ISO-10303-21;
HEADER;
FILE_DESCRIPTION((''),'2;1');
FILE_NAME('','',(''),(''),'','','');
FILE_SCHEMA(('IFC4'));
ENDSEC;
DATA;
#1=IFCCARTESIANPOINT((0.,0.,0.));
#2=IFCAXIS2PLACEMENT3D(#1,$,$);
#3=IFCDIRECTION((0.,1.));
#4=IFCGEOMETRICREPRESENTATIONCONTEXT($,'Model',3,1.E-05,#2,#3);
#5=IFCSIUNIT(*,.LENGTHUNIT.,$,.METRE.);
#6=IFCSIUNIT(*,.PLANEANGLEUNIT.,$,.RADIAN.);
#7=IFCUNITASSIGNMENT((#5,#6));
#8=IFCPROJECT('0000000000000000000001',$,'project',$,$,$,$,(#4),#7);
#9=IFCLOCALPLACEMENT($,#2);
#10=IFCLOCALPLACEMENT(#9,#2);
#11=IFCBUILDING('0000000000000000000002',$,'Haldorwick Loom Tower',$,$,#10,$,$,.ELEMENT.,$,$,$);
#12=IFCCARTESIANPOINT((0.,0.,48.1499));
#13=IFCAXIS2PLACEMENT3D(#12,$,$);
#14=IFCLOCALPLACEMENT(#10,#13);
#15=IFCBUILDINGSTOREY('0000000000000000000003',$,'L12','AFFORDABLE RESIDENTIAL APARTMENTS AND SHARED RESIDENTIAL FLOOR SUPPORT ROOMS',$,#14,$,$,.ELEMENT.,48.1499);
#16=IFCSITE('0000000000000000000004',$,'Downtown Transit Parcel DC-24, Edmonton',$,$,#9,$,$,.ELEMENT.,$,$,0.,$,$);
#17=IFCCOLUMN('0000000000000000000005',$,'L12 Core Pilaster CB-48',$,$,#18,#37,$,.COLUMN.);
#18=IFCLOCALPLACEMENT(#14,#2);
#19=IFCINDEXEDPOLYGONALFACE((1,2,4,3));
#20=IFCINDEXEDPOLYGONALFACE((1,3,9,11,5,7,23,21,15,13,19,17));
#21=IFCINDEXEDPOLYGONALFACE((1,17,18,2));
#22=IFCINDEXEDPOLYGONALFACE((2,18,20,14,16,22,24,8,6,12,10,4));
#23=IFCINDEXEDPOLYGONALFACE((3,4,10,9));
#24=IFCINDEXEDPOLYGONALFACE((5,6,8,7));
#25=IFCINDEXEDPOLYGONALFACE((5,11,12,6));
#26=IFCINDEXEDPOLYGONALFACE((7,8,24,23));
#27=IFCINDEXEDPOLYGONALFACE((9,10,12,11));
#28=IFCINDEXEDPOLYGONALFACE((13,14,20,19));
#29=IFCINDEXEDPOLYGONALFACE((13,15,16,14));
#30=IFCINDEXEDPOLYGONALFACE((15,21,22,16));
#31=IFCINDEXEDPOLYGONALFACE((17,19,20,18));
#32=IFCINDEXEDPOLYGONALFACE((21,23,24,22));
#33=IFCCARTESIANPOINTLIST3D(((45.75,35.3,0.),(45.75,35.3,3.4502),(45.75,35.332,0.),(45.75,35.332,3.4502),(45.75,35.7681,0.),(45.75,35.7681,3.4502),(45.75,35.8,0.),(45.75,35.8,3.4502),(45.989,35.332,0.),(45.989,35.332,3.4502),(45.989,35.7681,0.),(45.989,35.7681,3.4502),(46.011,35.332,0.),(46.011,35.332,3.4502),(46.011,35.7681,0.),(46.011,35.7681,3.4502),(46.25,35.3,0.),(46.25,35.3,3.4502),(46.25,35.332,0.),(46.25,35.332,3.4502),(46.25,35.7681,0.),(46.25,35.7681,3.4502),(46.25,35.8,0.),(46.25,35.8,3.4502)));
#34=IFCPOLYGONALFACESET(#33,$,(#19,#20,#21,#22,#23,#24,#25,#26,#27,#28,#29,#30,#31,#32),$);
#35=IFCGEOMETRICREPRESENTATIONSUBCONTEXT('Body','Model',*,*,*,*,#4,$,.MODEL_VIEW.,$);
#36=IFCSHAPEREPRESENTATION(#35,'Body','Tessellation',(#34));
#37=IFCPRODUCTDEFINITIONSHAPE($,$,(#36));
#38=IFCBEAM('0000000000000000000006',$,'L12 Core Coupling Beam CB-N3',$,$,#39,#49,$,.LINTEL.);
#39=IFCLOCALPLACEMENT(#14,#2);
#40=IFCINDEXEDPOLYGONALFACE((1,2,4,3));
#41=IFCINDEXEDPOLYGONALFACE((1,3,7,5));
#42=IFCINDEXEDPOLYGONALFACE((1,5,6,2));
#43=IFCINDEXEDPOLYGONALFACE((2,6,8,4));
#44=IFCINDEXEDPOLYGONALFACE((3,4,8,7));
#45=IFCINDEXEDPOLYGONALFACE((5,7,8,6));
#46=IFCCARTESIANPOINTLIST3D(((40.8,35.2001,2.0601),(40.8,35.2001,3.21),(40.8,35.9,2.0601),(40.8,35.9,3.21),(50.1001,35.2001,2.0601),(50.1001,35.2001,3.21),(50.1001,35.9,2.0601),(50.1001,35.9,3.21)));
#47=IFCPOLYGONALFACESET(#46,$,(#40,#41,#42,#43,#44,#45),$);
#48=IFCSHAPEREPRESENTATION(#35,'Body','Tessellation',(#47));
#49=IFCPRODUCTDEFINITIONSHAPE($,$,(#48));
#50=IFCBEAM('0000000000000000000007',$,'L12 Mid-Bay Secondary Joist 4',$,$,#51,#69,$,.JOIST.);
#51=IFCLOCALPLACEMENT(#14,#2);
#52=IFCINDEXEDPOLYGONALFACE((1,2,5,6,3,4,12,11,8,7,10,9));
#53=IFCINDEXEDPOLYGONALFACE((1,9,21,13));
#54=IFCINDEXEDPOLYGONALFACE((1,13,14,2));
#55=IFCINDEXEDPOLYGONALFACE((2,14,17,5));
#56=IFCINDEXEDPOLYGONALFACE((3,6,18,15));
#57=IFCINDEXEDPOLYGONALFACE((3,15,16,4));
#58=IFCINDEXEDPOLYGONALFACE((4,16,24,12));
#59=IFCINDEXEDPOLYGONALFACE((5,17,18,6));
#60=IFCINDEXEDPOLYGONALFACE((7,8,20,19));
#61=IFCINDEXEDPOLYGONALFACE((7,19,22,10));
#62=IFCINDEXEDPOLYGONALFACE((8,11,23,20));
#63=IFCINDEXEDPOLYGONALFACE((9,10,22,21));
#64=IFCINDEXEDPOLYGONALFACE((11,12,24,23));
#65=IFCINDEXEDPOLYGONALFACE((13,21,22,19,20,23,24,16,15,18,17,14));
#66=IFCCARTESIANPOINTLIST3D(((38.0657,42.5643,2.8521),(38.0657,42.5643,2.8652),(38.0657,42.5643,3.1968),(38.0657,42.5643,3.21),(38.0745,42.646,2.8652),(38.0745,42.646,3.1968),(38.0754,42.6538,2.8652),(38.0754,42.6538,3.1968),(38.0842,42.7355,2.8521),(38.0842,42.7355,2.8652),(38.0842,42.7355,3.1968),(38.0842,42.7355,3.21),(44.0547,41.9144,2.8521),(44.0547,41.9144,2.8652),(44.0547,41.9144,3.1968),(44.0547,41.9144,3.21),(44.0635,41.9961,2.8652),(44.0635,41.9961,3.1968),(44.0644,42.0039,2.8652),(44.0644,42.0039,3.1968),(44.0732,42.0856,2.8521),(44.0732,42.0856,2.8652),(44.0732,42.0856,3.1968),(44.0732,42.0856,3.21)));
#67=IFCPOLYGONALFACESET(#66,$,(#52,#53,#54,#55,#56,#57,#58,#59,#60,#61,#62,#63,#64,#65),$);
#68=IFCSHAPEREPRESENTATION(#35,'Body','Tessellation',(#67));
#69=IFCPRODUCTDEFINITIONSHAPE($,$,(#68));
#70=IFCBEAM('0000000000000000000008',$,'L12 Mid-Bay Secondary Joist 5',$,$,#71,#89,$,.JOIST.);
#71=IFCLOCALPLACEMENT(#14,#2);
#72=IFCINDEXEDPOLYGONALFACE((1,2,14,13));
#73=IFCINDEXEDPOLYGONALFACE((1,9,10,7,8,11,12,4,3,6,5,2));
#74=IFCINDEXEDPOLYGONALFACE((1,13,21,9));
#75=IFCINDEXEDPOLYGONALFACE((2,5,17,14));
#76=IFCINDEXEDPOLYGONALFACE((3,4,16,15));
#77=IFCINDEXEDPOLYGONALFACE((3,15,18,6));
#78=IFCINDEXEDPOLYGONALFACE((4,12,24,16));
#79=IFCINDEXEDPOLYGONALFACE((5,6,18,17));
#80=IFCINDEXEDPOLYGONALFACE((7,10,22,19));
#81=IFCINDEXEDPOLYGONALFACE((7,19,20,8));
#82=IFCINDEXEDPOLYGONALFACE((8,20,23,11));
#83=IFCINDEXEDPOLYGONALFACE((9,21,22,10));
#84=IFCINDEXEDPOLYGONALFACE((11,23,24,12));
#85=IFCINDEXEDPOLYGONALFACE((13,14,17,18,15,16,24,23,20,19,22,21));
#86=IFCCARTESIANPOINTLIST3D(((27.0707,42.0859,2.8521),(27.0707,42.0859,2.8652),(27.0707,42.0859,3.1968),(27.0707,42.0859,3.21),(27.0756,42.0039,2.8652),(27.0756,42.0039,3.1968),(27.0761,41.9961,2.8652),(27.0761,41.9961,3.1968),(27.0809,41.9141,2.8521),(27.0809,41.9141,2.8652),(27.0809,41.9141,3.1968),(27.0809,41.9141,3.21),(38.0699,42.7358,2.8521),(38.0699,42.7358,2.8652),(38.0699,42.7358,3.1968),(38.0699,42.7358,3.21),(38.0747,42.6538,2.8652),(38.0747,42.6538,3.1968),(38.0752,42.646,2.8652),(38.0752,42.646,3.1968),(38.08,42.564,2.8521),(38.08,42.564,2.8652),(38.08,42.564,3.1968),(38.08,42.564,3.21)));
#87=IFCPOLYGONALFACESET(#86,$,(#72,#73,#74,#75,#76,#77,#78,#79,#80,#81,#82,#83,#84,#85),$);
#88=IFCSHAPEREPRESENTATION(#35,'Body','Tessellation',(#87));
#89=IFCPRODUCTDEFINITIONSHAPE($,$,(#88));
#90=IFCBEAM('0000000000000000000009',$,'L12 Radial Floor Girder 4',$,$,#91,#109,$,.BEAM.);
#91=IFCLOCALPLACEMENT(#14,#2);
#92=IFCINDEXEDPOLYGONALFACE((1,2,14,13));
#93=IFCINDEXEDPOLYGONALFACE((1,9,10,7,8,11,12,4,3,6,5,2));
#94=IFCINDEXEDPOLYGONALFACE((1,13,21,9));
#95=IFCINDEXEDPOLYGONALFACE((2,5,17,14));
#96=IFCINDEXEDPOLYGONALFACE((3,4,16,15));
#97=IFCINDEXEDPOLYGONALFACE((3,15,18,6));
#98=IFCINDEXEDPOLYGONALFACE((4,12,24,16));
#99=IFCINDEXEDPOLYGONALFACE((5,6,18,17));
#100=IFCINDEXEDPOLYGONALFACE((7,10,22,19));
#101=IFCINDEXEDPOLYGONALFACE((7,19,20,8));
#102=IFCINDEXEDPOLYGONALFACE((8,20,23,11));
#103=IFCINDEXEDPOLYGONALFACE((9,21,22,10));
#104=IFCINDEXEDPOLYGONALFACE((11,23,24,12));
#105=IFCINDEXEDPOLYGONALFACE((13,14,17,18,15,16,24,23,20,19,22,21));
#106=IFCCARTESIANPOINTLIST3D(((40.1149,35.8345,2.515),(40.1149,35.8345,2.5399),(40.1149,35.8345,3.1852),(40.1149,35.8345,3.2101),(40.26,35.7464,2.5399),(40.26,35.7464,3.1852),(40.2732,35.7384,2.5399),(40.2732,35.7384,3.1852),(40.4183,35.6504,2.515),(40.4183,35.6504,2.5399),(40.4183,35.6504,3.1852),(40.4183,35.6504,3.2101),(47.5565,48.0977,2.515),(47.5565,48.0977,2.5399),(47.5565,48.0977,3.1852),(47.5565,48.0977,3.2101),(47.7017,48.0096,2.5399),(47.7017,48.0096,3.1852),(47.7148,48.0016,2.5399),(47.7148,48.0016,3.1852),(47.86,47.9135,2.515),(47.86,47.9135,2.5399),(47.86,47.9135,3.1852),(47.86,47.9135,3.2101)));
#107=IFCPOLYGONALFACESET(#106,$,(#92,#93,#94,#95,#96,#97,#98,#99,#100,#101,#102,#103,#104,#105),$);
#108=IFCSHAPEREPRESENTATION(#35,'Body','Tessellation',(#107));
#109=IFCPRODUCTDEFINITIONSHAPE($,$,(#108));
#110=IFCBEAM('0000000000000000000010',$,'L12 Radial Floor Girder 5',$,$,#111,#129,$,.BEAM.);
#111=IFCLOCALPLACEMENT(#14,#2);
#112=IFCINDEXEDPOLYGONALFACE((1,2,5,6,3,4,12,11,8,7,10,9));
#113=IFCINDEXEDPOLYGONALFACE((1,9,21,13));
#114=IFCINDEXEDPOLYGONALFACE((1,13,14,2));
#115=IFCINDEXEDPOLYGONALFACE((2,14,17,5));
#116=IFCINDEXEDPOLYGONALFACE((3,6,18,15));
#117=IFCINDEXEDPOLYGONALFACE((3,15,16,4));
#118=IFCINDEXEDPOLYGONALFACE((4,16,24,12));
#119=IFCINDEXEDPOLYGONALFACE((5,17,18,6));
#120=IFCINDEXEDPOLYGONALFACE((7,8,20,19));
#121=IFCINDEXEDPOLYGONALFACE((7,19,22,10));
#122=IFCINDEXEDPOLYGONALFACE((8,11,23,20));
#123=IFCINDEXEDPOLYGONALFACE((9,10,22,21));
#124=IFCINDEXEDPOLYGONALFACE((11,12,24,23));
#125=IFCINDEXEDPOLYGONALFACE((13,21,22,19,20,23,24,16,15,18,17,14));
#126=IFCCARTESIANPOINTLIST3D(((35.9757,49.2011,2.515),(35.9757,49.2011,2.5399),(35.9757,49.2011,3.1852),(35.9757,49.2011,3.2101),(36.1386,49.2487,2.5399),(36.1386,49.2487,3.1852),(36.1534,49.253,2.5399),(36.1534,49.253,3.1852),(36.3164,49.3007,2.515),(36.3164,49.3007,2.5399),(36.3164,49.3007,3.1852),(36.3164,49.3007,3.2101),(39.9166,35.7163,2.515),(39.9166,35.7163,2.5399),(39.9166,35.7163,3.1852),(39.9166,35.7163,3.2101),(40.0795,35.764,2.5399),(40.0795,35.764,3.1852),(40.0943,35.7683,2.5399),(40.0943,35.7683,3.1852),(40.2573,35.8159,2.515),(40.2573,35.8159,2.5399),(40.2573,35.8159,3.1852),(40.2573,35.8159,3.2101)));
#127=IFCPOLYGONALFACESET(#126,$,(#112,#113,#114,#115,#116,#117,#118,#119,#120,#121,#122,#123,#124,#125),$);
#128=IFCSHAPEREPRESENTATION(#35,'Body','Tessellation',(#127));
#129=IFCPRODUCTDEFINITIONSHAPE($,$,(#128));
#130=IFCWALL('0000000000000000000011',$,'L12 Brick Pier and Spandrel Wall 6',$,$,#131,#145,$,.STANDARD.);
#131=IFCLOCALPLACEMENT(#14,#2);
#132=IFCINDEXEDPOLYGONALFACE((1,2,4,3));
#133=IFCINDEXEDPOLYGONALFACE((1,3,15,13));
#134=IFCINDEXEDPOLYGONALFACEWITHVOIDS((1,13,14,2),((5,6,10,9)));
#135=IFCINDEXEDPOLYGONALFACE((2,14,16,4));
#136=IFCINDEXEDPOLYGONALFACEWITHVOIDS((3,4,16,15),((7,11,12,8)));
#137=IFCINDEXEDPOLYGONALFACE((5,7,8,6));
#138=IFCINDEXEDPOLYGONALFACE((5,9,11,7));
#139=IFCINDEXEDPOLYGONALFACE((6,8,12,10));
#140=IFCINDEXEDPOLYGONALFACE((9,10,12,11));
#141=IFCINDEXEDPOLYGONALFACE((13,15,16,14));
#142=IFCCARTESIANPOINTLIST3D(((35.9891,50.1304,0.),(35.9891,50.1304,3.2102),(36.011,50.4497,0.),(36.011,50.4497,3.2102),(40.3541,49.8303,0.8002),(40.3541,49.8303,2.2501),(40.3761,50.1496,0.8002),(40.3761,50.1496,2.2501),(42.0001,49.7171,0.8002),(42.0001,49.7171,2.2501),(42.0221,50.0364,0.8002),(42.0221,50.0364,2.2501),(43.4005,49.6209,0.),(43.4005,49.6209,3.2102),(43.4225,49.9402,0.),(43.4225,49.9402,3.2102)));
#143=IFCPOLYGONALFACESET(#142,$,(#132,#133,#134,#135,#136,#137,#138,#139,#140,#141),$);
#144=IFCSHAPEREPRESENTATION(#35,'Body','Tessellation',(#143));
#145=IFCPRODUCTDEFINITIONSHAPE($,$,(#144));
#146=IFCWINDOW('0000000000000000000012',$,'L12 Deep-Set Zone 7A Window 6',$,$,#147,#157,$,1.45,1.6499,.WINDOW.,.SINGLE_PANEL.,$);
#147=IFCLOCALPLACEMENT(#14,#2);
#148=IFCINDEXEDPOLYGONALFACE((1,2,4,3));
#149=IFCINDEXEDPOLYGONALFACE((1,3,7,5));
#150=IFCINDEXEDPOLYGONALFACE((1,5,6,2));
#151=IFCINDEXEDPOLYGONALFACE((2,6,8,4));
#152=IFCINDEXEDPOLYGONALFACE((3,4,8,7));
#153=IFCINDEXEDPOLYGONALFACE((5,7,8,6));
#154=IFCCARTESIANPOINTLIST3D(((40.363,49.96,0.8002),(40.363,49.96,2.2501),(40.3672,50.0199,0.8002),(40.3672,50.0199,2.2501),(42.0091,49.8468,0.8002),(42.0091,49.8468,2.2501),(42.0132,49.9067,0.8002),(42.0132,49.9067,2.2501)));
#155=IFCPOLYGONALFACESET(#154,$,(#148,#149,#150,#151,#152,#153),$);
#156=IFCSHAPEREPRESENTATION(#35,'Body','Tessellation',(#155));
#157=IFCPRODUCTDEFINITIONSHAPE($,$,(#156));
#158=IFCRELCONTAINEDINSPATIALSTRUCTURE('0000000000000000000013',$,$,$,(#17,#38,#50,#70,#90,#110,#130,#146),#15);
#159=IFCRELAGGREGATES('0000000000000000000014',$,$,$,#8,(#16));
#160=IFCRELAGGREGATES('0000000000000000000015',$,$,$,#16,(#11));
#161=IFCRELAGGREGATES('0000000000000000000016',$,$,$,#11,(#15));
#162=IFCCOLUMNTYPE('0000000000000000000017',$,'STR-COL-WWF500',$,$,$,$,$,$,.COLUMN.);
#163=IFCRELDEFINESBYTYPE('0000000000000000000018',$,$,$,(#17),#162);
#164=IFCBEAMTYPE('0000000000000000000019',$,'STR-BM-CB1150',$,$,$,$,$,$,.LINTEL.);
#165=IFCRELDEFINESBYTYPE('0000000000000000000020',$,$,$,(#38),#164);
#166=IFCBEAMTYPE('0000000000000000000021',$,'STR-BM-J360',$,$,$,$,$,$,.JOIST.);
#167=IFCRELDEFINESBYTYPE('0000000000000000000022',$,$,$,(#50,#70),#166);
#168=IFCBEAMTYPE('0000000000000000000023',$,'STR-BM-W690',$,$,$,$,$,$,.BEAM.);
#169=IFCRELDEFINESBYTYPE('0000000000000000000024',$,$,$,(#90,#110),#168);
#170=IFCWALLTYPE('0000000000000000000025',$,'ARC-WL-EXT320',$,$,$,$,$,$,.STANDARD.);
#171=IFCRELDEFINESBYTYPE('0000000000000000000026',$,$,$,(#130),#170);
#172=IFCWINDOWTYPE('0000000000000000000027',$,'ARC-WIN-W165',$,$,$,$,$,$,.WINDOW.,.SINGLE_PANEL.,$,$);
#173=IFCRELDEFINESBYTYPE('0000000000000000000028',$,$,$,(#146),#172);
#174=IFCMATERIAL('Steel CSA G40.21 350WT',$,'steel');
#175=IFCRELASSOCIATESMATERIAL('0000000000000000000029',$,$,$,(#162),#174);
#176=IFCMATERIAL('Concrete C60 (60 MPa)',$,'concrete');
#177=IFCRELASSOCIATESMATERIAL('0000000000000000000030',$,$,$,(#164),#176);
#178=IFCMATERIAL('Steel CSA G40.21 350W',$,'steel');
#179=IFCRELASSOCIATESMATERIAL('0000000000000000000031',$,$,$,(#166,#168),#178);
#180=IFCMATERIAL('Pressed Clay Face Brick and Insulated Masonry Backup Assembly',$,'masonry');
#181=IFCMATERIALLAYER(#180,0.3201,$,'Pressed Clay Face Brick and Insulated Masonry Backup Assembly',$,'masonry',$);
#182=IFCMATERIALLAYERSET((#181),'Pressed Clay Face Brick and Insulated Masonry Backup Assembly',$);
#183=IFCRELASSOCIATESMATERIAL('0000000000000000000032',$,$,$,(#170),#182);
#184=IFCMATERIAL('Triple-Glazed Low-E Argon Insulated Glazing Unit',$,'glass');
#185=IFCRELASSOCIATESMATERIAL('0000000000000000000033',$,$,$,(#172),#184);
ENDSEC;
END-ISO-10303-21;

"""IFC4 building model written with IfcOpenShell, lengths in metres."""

from ifc_helpers import new_model, si_unit, direction, frame, frame_2d, origin, origin_2d, place, context, subcontext, project, spatial, rectangle, i_section, extrude, material, layer, layer_set, material_profile, profile_set, type_object, element, fill, save


model = new_model("IFC4")

# Units and contexts
model_context = context("Model", 3, precision=1e-05, world=origin(), true_north=direction((0.0, 1.0)))
body_context = subcontext(model_context, "Body", "Model", "MODEL_VIEW")
ifc_project = project(units=[si_unit("LENGTHUNIT", "METRE"), si_unit("PLANEANGLEUNIT", "RADIAN")], contexts=[model_context])

# Site, building, storey
site_placement = place(None, origin())
site = spatial("IfcSite", under=ifc_project, at=site_placement, Name="Downtown Transit Parcel DC-24, Edmonton", CompositionType="ELEMENT", RefElevation=0.0)
building_placement = place(site_placement, origin())
building = spatial("IfcBuilding", under=site, at=building_placement, Name="Haldorwick Loom Tower", CompositionType="ELEMENT")
storey_placement = place(building_placement, frame((0.0, 0.0, 48.1499)))
storey = spatial("IfcBuildingStorey", under=building, at=storey_placement, Name="L12", Description="AFFORDABLE RESIDENTIAL APARTMENTS AND SHARED RESIDENTIAL FLOOR SUPPORT ROOMS", CompositionType="ELEMENT", Elevation=48.1499)

# Column
ifc_material_1 = material(Name="Concrete C60 (60 MPa)", Category="concrete")
ifc_material_2 = material(Name="Steel CSA G40.21 350WT", Category="steel")
ifc_material_profile_1 = material_profile(ifc_material_2, i_section(OverallWidth=0.5, OverallDepth=0.5, WebThickness=0.022, FlangeThickness=0.032, at=origin_2d()), Name="WWF500X500", Category="steel")
ifc_profile_set_1 = profile_set([ifc_material_profile_1], Name="Steel CSA G40.21 350WT")
column_type_1 = type_object("IfcColumnType", Name="STR-COL-WWF500", PredefinedType="COLUMN", material=ifc_profile_set_1)
for number, where, z_axis, x_axis, name in (
    (1, (46.0, 35.55, 0.0), (0.0, 0.0, 1.0), (1.0, 0.0, 0.0), "L12 Core Pilaster CB-48"),
):
    element("IfcColumn", number, at=place(storey_placement, frame(where, z_axis=z_axis, x_axis=x_axis)), inside=storey, type_object=column_type_1, Name=name, PredefinedType="COLUMN", context=body_context, shape_type="SweptSolid", body=[
        extrude(i_section(OverallWidth=0.5, OverallDepth=0.5, WebThickness=0.022, FlangeThickness=0.032, at=origin_2d()), origin(), (0.0, 0.0, 1.0), 3.4502),
    ])

# Beams
ifc_material_profile_2 = material_profile(ifc_material_1, rectangle(XDim=0.7, YDim=1.1499, at=origin_2d()), Name="RC700X1150", Category="concrete")
ifc_profile_set_2 = profile_set([ifc_material_profile_2], Name="Concrete C60 (60 MPa)")
beam_type_1 = type_object("IfcBeamType", Name="STR-BM-CB1150", PredefinedType="LINTEL", material=ifc_profile_set_2)
beam_1_placement = place(storey_placement, frame((40.8, 35.55, 2.635), z_axis=(1.0, 0.0, 0.0), x_axis=(0.0, 1.0, 0.0)))
element("IfcBeam", 2, at=beam_1_placement, inside=storey, type_object=beam_type_1, Name="L12 Core Coupling Beam CB-N3", PredefinedType="LINTEL", context=body_context, shape_type="SweptSolid", body=[
    extrude(rectangle(XDim=0.7, YDim=1.1499, at=origin_2d()), origin(), (0.0, 0.0, 1.0), 9.3),
])
ifc_material_3 = material(Name="Steel CSA G40.21 350W", Category="steel")
ifc_material_profile_3 = material_profile(ifc_material_3, i_section(OverallWidth=0.1721, OverallDepth=0.3579, WebThickness=0.0078, FlangeThickness=0.0132, at=origin_2d()), Name="W360X57", Category="steel")
ifc_profile_set_3 = profile_set([ifc_material_profile_3], Name="Steel CSA G40.21 350W")
beam_type_2 = type_object("IfcBeamType", Name="STR-BM-J360", PredefinedType="JOIST", material=ifc_profile_set_3)
beam_2_placement = place(storey_placement, frame((44.064, 42.0, 3.031), z_axis=(-0.994164, 0.107882, 0.0), x_axis=(-0.107882, -0.994164, 0.0)))
element("IfcBeam", 3, at=beam_2_placement, inside=storey, type_object=beam_type_2, Name="L12 Mid-Bay Secondary Joist 4", PredefinedType="JOIST", context=body_context, shape_type="SweptSolid", body=[
    extrude(i_section(OverallWidth=0.1721, OverallDepth=0.3579, WebThickness=0.0078, FlangeThickness=0.0132, at=origin_2d()), origin(), (0.0, 0.0, 1.0), 6.0242),
])
beam_3_placement = place(storey_placement, frame((38.075, 42.6499, 3.031), z_axis=(-0.998259, -0.058984, 0.0), x_axis=(0.058984, -0.998259, 0.0)))
element("IfcBeam", 4, at=beam_3_placement, inside=storey, type_object=beam_type_2, Name="L12 Mid-Bay Secondary Joist 5", PredefinedType="JOIST", context=body_context, shape_type="SweptSolid", body=[
    extrude(i_section(OverallWidth=0.1721, OverallDepth=0.3579, WebThickness=0.0078, FlangeThickness=0.0132, at=origin_2d()), origin(), (0.0, 0.0, 1.0), 11.0183),
])
ifc_material_profile_4 = material_profile(ifc_material_3, i_section(OverallWidth=0.355, OverallDepth=0.6951, WebThickness=0.0154, FlangeThickness=0.0249, at=origin_2d()), Name="W690X217", Category="steel")
ifc_profile_set_4 = profile_set([ifc_material_profile_4], Name="Steel CSA G40.21 350W")
beam_type_3 = type_object("IfcBeamType", Name="STR-BM-W690", PredefinedType="BEAM", material=ifc_profile_set_4)
beam_4_placement = place(storey_placement, frame((40.2666, 35.7424, 2.8625), z_axis=(0.518782, 0.854907, 0.0), x_axis=(-0.854907, 0.518782, 0.0)))
element("IfcBeam", 5, at=beam_4_placement, inside=storey, type_object=beam_type_3, Name="L12 Radial Floor Girder 4", PredefinedType="BEAM", context=body_context, shape_type="SweptSolid", body=[
    extrude(i_section(OverallWidth=0.355, OverallDepth=0.6951, WebThickness=0.0154, FlangeThickness=0.0249, at=origin_2d()), origin(), (0.0, 0.0, 1.0), 14.3445),
])
beam_5_placement = place(storey_placement, frame((40.0869, 35.7661, 2.8625), z_axis=(-0.280514, 0.95985, 0.0), x_axis=(-0.95985, -0.280514, 0.0)))
element("IfcBeam", 6, at=beam_5_placement, inside=storey, type_object=beam_type_3, Name="L12 Radial Floor Girder 5", PredefinedType="BEAM", context=body_context, shape_type="SweptSolid", body=[
    extrude(i_section(OverallWidth=0.355, OverallDepth=0.6951, WebThickness=0.0154, FlangeThickness=0.0249, at=origin_2d()), origin(), (0.0, 0.0, 1.0), 14.0488),
])

# Wall, opening, window
ifc_material_4 = material(Name="Pressed Clay Face Brick and Insulated Masonry Backup Assembly", Category="masonry")
ifc_layer_1 = layer(ifc_material_4, 0.3201, Name="Pressed Clay Face Brick and Insulated Masonry Backup Assembly", Category="masonry")
ifc_layer_set_1 = layer_set([ifc_layer_1], Name="Pressed Clay Face Brick and Insulated Masonry Backup Assembly")
wall_type_1 = type_object("IfcWallType", Name="ARC-WL-EXT320", PredefinedType="STANDARD", material=ifc_layer_set_1)
wall_1_placement = place(storey_placement, frame((43.4114, 49.7805, 0.0), z_axis=(0.0, 0.0, 1.0), x_axis=(-0.997645, 0.068587, 0.0)))
wall_1 = element("IfcWall", 7, at=wall_1_placement, inside=storey, type_object=wall_type_1, Name="L12 Brick Pier and Spandrel Wall 6", PredefinedType="STANDARD", context=body_context, shape_type="SweptSolid", body=[
    extrude(rectangle(XDim=7.429, YDim=0.3201, at=frame_2d((3.7144, 0.0))), origin(), (0.0, 0.0, 1.0), 3.2102),
])
opening_1_placement = place(wall_1_placement, frame((1.4036, 0.0, 0.8)))
opening_1 = element("IfcOpeningElement", 8, at=opening_1_placement, cuts=wall_1, PredefinedType="OPENING", context=body_context, shape_type="SweptSolid", body=[
    extrude(rectangle(XDim=1.6499, YDim=1.45, at=frame_2d((0.825, 0.7251))), frame((0.0, 0.1699, 0.0), z_axis=(0.0, -1.0, 0.0), x_axis=(1.0, 0.0, 0.0)), (0.0, 0.0, 1.0), 0.3401),
])
ifc_material_5 = material(Name="Triple-Glazed Low-E Argon Insulated Glazing Unit", Category="glass")
window_type = type_object("IfcWindowType", Name="ARC-WIN-W165", PartitioningType="SINGLE_PANEL", PredefinedType="WINDOW", material=ifc_material_5)
window_1_placement = place(opening_1_placement, origin())
window_1 = element("IfcWindow", 9, at=window_1_placement, inside=storey, type_object=window_type, Name="L12 Deep-Set Zone 7A Window 6", OverallHeight=1.45, OverallWidth=1.6499, PartitioningType="SINGLE_PANEL", PredefinedType="WINDOW", context=body_context, shape_type="SweptSolid", body=[
    extrude(rectangle(XDim=1.6499, YDim=1.45, at=frame_2d((0.825, 0.7251))), frame((0.0, 0.03, 0.0), z_axis=(0.0, -1.0, 0.0), x_axis=(1.0, 0.0, 0.0)), (0.0, 0.0, 1.0), 0.0601),
])
fill(opening_1, window_1)

save(model, "model.ifc")
